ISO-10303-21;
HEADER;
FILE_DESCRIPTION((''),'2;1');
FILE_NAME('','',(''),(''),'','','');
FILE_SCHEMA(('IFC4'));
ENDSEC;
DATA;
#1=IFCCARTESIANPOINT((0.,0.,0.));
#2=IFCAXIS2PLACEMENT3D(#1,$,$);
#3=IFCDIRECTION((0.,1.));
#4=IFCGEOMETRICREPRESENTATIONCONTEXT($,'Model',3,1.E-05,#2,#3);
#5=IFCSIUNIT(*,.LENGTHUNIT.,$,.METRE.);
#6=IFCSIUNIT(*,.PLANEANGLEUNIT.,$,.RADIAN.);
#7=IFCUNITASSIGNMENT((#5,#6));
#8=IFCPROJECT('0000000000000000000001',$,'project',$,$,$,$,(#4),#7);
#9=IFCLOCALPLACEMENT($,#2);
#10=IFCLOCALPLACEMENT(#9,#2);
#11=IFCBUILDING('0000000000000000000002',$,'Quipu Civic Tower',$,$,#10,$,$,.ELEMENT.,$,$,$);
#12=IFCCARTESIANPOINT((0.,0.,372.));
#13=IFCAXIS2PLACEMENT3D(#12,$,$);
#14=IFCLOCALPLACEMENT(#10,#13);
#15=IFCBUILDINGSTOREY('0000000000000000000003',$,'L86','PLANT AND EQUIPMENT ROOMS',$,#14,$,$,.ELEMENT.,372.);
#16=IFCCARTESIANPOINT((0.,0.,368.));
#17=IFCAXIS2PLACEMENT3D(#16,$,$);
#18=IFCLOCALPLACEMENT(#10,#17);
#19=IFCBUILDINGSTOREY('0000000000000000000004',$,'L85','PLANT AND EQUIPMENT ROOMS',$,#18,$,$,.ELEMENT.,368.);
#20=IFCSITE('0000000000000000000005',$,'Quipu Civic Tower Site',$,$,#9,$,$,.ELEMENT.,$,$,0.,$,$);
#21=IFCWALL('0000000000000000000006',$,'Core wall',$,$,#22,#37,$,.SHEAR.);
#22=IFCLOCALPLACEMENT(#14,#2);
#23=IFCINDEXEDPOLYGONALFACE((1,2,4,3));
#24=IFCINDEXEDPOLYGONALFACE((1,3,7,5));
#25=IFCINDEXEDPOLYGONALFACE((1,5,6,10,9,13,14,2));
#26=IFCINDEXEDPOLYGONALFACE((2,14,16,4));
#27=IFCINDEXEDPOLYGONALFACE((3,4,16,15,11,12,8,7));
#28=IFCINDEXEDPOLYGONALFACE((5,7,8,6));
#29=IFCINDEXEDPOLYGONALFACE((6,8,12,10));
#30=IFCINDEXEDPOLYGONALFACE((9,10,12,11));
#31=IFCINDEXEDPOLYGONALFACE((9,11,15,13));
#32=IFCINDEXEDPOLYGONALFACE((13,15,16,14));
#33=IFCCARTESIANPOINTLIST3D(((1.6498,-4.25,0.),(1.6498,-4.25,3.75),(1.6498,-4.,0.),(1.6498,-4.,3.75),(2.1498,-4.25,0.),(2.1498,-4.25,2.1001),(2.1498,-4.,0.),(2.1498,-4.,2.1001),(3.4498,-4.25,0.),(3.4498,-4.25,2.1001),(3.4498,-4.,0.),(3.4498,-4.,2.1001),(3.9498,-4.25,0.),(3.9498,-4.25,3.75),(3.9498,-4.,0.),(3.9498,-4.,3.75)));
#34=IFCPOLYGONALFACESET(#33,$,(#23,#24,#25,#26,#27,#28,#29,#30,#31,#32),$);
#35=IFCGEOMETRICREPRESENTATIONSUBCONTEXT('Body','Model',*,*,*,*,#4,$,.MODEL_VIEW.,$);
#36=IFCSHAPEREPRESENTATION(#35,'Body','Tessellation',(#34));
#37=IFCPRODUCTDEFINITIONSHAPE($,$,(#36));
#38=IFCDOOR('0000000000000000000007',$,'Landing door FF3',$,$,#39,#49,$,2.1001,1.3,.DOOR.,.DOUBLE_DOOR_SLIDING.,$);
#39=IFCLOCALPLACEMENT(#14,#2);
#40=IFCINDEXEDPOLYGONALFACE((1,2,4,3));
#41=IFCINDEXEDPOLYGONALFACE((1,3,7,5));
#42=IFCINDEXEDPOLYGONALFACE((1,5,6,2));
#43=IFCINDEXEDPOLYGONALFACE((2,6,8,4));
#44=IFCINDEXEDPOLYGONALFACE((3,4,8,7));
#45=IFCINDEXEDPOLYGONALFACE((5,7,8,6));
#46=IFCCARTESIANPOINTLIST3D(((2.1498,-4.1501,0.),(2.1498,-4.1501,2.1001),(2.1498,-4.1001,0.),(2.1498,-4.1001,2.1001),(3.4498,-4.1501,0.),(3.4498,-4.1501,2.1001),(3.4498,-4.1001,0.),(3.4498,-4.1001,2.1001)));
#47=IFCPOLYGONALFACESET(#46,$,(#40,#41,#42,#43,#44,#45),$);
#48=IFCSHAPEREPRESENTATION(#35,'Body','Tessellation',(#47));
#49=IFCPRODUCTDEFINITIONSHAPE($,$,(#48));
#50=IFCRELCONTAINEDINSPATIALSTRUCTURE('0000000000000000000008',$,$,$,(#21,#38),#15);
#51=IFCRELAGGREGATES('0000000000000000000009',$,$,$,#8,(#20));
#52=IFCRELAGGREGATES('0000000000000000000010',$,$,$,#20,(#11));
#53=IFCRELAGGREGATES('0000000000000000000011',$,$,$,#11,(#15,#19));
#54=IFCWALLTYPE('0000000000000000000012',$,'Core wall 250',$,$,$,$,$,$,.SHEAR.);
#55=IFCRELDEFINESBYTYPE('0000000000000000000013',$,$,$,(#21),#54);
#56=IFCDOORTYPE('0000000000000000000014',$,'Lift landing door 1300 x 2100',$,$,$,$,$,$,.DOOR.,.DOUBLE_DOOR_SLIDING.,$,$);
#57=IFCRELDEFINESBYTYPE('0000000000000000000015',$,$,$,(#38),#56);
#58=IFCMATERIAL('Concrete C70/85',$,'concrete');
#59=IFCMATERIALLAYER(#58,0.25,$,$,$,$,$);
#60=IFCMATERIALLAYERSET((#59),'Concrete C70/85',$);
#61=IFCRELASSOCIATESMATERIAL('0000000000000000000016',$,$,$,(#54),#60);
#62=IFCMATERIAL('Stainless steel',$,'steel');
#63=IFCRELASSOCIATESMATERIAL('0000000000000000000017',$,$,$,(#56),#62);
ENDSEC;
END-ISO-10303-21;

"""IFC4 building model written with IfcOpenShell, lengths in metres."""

from ifc_helpers import new_model, si_unit, direction, frame, frame_2d, origin, place, context, subcontext, project, spatial, rectangle, extrude, material, layer, layer_set, type_object, element, fill, save


model = new_model("IFC4")

# Units and contexts
model_context = context("Model", 3, precision=1e-05, world=origin(), true_north=direction((0.0, 1.0)))
body_context = subcontext(model_context, "Body", "Model", "MODEL_VIEW")
ifc_project = project(units=[si_unit("LENGTHUNIT", "METRE"), si_unit("PLANEANGLEUNIT", "RADIAN")], contexts=[model_context])

# Site, building, storey
site_placement = place(None, origin())
site = spatial("IfcSite", under=ifc_project, at=site_placement, Name="Quipu Civic Tower Site", CompositionType="ELEMENT", RefElevation=0.0)
building_placement = place(site_placement, origin())
building = spatial("IfcBuilding", under=site, at=building_placement, Name="Quipu Civic Tower", CompositionType="ELEMENT")
storey_1_placement = place(building_placement, frame((0.0, 0.0, 372.0)))
storey_1 = spatial("IfcBuildingStorey", under=building, at=storey_1_placement, Name="L86", Description="PLANT AND EQUIPMENT ROOMS", CompositionType="ELEMENT", Elevation=372.0)

# Shared definitions
storey_2_placement = place(building_placement, frame((0.0, 0.0, 368.0)))
storey_2 = spatial("IfcBuildingStorey", under=building, at=storey_2_placement, Name="L85", Description="PLANT AND EQUIPMENT ROOMS", CompositionType="ELEMENT", Elevation=368.0)

# Wall, opening, door
ifc_material_1 = material(Name="Concrete C70/85", Category="concrete")
ifc_layer_1 = layer(ifc_material_1, 0.25)
ifc_layer_set_1 = layer_set([ifc_layer_1], Name="Concrete C70/85")
wall_type_1 = type_object("IfcWallType", Name="Core wall 250", PredefinedType="SHEAR", material=ifc_layer_set_1)
wall_1_placement = place(storey_1_placement, frame((1.6499, -4.125, 0.0), z_axis=(0.0, 0.0, 1.0), x_axis=(1.0, 0.0, 0.0)))
wall_1 = element("IfcWall", 1, at=wall_1_placement, inside=storey_1, type_object=wall_type_1, Name="Core wall", PredefinedType="SHEAR", context=body_context, shape_type="SweptSolid", body=[
    extrude(rectangle(XDim=2.3, YDim=0.25, at=frame_2d((1.1499, 0.0))), origin(), (0.0, 0.0, 1.0), 3.75),
])
opening_1_placement = place(wall_1_placement, frame((0.5, 0.0, 0.0)))
opening_1 = element("IfcOpeningElement", 2, at=opening_1_placement, cuts=wall_1, PredefinedType="OPENING", context=body_context, shape_type="SweptSolid", body=[
    extrude(rectangle(XDim=1.3, YDim=2.1001, at=frame_2d((0.6499, 1.05))), frame((0.0, 0.135, 0.0), z_axis=(0.0, -1.0, 0.0), x_axis=(1.0, 0.0, 0.0)), (0.0, 0.0, 1.0), 0.27),
])
ifc_material_2 = material(Name="Stainless steel", Category="steel")
door_type_1 = type_object("IfcDoorType", Name="Lift landing door 1300 x 2100", OperationType="DOUBLE_DOOR_SLIDING", PredefinedType="DOOR", material=ifc_material_2)
door_1_placement = place(opening_1_placement, origin())
door_1 = element("IfcDoor", 3, at=door_1_placement, inside=storey_1, type_object=door_type_1, Name="Landing door FF3", OperationType="DOUBLE_DOOR_SLIDING", OverallHeight=2.1001, OverallWidth=1.3, PredefinedType="DOOR", context=body_context, shape_type="SweptSolid", body=[
    extrude(rectangle(XDim=1.3, YDim=2.1001, at=frame_2d((0.6499, 1.05))), frame((0.0, 0.0249, 0.0), z_axis=(0.0, -1.0, 0.0), x_axis=(1.0, 0.0, 0.0)), (0.0, 0.0, 1.0), 0.05),
])
fill(opening_1, door_1)

save(model, "model.ifc")
